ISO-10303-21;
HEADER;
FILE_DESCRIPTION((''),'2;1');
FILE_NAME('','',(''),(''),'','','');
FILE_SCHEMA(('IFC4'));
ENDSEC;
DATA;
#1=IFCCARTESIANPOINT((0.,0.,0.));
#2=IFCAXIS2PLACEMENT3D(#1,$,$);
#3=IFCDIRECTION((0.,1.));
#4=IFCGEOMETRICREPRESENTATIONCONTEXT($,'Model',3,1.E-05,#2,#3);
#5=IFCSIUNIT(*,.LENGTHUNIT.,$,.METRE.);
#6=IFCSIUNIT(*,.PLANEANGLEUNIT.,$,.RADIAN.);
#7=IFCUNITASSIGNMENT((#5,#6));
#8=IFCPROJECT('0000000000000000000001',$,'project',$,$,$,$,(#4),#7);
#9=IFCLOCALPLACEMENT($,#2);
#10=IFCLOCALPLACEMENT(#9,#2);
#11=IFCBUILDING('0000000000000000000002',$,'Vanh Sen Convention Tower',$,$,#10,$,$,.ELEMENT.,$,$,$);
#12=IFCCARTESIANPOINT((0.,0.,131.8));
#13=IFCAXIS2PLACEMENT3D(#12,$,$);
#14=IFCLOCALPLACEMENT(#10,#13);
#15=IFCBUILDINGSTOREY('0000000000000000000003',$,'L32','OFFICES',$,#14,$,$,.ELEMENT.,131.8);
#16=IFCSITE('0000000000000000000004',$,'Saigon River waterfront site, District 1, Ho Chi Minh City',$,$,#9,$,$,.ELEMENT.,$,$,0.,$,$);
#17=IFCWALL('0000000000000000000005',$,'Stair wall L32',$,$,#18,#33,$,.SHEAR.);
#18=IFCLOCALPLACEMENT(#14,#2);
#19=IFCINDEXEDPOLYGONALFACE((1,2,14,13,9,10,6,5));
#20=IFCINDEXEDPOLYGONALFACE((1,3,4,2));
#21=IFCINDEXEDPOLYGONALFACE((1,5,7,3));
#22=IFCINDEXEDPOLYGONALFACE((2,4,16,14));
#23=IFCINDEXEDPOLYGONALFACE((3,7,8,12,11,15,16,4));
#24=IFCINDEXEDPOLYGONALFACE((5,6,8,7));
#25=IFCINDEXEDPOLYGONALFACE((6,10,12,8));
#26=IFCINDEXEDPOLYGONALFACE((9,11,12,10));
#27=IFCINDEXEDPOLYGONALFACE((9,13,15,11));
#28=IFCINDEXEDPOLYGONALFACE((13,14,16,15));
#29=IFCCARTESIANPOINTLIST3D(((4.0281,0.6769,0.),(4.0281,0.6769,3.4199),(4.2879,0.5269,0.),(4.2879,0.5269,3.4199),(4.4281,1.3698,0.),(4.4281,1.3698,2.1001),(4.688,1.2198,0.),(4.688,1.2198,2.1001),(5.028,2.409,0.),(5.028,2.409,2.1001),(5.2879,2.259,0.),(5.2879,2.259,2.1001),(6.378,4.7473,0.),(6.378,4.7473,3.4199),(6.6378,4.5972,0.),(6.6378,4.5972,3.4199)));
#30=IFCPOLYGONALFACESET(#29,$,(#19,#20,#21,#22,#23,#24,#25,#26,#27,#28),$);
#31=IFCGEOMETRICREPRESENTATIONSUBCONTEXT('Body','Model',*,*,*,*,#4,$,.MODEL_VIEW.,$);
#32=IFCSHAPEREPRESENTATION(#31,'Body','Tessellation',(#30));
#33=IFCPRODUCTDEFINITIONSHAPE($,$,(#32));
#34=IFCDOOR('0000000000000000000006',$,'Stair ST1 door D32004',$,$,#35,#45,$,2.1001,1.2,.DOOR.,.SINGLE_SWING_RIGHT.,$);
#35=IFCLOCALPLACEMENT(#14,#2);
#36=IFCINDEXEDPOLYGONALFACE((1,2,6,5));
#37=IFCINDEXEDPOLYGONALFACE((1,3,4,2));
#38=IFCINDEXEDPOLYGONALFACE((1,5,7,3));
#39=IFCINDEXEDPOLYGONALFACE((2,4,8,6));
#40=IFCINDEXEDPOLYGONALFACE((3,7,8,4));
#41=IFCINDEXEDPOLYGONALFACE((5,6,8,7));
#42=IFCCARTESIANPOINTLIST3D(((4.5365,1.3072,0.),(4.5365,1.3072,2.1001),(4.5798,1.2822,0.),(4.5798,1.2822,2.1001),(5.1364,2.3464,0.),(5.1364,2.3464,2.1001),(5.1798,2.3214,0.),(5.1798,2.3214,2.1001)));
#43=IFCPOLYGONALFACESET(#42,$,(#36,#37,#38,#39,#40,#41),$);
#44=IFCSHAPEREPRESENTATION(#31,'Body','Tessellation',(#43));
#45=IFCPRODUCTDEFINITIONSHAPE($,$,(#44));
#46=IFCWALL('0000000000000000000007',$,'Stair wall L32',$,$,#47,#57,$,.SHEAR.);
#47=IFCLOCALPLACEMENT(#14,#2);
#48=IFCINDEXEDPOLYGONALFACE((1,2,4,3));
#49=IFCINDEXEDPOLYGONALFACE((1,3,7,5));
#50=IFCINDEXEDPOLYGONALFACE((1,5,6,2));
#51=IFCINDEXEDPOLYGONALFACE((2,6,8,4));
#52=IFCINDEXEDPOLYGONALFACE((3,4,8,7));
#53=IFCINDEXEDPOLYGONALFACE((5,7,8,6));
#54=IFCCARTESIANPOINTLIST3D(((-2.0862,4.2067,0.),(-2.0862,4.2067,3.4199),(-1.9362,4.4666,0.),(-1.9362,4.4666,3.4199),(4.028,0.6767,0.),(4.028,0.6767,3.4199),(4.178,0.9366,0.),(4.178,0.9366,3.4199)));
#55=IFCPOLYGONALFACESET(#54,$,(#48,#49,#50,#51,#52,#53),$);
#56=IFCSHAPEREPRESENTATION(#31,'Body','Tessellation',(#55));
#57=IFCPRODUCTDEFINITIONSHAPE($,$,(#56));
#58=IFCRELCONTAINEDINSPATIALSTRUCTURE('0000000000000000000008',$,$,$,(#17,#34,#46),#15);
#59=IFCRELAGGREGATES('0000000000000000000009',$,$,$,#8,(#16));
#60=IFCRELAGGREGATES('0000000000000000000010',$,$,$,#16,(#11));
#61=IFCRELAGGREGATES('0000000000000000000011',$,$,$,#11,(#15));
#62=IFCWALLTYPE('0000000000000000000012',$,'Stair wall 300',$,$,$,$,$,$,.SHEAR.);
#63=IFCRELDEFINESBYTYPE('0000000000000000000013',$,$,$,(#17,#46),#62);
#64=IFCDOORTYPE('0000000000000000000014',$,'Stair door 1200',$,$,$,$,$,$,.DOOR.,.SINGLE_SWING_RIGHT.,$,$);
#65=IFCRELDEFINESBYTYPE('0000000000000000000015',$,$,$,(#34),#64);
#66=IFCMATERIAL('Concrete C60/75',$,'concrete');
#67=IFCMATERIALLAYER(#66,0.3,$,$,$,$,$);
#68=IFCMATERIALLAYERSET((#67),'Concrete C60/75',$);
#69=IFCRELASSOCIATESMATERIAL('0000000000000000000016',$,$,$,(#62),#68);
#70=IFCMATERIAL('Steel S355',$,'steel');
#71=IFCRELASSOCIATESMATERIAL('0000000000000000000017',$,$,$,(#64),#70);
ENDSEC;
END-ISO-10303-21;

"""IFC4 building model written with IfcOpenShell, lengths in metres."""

from ifc_helpers import new_model, si_unit, direction, frame, frame_2d, origin, place, context, subcontext, project, spatial, rectangle, extrude, material, layer, layer_set, type_object, element, fill, save


model = new_model("IFC4")

# Units and contexts
model_context = context("Model", 3, precision=1e-05, world=origin(), true_north=direction((0.0, 1.0)))
body_context = subcontext(model_context, "Body", "Model", "MODEL_VIEW")
ifc_project = project(units=[si_unit("LENGTHUNIT", "METRE"), si_unit("PLANEANGLEUNIT", "RADIAN")], contexts=[model_context])

# Site, building, storey
site_placement = place(None, origin())
site = spatial("IfcSite", under=ifc_project, at=site_placement, Name="Saigon River waterfront site, District 1, Ho Chi Minh City", CompositionType="ELEMENT", RefElevation=0.0)
building_placement = place(site_placement, origin())
building = spatial("IfcBuilding", under=site, at=building_placement, Name="Vanh Sen Convention Tower", CompositionType="ELEMENT")
storey_placement = place(building_placement, frame((0.0, 0.0, 131.8)))
storey = spatial("IfcBuildingStorey", under=building, at=storey_placement, Name="L32", Description="OFFICES", CompositionType="ELEMENT", Elevation=131.8)

# Shared definitions
ifc_material_1 = material(Name="Steel S355", Category="steel")

# Wall, opening, door
ifc_material_2 = material(Name="Concrete C60/75", Category="concrete")
ifc_layer_1 = layer(ifc_material_2, 0.3)
ifc_layer_set_1 = layer_set([ifc_layer_1], Name="Concrete C60/75")
wall_type_1 = type_object("IfcWallType", Name="Stair wall 300", PredefinedType="SHEAR", material=ifc_layer_set_1)
wall_1_placement = place(storey_placement, frame((4.158, 0.6018, 0.0), z_axis=(0.0, 0.0, 1.0), x_axis=(0.499977, 0.866039, 0.0)))
wall_1 = element("IfcWall", 1, at=wall_1_placement, inside=storey, type_object=wall_type_1, Name="Stair wall L32", PredefinedType="SHEAR", context=body_context, shape_type="SweptSolid", body=[
    extrude(rectangle(XDim=4.7, YDim=0.3, at=frame_2d((2.3501, 0.0))), origin(), (0.0, 0.0, 1.0), 3.4199),
])
opening_1_placement = place(wall_1_placement, frame((0.8, 0.0, 0.0)))
opening_1 = element("IfcOpeningElement", 2, at=opening_1_placement, cuts=wall_1, PredefinedType="OPENING", context=body_context, shape_type="SweptSolid", body=[
    extrude(rectangle(XDim=1.2, YDim=2.1001, at=frame_2d((0.6001, 1.05))), frame((0.0, 0.1599, 0.0), z_axis=(0.0, -1.0, 0.0), x_axis=(1.0, 0.0, 0.0)), (0.0, 0.0, 1.0), 0.3201),
])
door_type_1 = type_object("IfcDoorType", Name="Stair door 1200", OperationType="SINGLE_SWING_RIGHT", PredefinedType="DOOR", material=ifc_material_1)
door_1_placement = place(opening_1_placement, origin())
door_1 = element("IfcDoor", 3, at=door_1_placement, inside=storey, type_object=door_type_1, Name="Stair ST1 door D32004", OperationType="SINGLE_SWING_RIGHT", OverallHeight=2.1001, OverallWidth=1.2, PredefinedType="DOOR", context=body_context, shape_type="SweptSolid", body=[
    extrude(rectangle(XDim=1.2, YDim=2.1001, at=frame_2d((0.6001, 1.05))), frame((0.0, 0.0249, 0.0), z_axis=(0.0, -1.0, 0.0), x_axis=(1.0, 0.0, 0.0)), (0.0, 0.0, 1.0), 0.05),
])
fill(opening_1, door_1)

# Wall
wall_2_placement = place(storey_placement, frame((4.103, 0.8066, 0.0), z_axis=(0.0, 0.0, 1.0), x_axis=(-0.866028, 0.499996, 0.0)))
element("IfcWall", 4, at=wall_2_placement, inside=storey, type_object=wall_type_1, Name="Stair wall L32", PredefinedType="SHEAR", context=body_context, shape_type="SweptSolid", body=[
    extrude(rectangle(XDim=7.0601, YDim=0.3, at=frame_2d((3.53, 0.0))), origin(), (0.0, 0.0, 1.0), 3.4199),
])

save(model, "model.ifc")
